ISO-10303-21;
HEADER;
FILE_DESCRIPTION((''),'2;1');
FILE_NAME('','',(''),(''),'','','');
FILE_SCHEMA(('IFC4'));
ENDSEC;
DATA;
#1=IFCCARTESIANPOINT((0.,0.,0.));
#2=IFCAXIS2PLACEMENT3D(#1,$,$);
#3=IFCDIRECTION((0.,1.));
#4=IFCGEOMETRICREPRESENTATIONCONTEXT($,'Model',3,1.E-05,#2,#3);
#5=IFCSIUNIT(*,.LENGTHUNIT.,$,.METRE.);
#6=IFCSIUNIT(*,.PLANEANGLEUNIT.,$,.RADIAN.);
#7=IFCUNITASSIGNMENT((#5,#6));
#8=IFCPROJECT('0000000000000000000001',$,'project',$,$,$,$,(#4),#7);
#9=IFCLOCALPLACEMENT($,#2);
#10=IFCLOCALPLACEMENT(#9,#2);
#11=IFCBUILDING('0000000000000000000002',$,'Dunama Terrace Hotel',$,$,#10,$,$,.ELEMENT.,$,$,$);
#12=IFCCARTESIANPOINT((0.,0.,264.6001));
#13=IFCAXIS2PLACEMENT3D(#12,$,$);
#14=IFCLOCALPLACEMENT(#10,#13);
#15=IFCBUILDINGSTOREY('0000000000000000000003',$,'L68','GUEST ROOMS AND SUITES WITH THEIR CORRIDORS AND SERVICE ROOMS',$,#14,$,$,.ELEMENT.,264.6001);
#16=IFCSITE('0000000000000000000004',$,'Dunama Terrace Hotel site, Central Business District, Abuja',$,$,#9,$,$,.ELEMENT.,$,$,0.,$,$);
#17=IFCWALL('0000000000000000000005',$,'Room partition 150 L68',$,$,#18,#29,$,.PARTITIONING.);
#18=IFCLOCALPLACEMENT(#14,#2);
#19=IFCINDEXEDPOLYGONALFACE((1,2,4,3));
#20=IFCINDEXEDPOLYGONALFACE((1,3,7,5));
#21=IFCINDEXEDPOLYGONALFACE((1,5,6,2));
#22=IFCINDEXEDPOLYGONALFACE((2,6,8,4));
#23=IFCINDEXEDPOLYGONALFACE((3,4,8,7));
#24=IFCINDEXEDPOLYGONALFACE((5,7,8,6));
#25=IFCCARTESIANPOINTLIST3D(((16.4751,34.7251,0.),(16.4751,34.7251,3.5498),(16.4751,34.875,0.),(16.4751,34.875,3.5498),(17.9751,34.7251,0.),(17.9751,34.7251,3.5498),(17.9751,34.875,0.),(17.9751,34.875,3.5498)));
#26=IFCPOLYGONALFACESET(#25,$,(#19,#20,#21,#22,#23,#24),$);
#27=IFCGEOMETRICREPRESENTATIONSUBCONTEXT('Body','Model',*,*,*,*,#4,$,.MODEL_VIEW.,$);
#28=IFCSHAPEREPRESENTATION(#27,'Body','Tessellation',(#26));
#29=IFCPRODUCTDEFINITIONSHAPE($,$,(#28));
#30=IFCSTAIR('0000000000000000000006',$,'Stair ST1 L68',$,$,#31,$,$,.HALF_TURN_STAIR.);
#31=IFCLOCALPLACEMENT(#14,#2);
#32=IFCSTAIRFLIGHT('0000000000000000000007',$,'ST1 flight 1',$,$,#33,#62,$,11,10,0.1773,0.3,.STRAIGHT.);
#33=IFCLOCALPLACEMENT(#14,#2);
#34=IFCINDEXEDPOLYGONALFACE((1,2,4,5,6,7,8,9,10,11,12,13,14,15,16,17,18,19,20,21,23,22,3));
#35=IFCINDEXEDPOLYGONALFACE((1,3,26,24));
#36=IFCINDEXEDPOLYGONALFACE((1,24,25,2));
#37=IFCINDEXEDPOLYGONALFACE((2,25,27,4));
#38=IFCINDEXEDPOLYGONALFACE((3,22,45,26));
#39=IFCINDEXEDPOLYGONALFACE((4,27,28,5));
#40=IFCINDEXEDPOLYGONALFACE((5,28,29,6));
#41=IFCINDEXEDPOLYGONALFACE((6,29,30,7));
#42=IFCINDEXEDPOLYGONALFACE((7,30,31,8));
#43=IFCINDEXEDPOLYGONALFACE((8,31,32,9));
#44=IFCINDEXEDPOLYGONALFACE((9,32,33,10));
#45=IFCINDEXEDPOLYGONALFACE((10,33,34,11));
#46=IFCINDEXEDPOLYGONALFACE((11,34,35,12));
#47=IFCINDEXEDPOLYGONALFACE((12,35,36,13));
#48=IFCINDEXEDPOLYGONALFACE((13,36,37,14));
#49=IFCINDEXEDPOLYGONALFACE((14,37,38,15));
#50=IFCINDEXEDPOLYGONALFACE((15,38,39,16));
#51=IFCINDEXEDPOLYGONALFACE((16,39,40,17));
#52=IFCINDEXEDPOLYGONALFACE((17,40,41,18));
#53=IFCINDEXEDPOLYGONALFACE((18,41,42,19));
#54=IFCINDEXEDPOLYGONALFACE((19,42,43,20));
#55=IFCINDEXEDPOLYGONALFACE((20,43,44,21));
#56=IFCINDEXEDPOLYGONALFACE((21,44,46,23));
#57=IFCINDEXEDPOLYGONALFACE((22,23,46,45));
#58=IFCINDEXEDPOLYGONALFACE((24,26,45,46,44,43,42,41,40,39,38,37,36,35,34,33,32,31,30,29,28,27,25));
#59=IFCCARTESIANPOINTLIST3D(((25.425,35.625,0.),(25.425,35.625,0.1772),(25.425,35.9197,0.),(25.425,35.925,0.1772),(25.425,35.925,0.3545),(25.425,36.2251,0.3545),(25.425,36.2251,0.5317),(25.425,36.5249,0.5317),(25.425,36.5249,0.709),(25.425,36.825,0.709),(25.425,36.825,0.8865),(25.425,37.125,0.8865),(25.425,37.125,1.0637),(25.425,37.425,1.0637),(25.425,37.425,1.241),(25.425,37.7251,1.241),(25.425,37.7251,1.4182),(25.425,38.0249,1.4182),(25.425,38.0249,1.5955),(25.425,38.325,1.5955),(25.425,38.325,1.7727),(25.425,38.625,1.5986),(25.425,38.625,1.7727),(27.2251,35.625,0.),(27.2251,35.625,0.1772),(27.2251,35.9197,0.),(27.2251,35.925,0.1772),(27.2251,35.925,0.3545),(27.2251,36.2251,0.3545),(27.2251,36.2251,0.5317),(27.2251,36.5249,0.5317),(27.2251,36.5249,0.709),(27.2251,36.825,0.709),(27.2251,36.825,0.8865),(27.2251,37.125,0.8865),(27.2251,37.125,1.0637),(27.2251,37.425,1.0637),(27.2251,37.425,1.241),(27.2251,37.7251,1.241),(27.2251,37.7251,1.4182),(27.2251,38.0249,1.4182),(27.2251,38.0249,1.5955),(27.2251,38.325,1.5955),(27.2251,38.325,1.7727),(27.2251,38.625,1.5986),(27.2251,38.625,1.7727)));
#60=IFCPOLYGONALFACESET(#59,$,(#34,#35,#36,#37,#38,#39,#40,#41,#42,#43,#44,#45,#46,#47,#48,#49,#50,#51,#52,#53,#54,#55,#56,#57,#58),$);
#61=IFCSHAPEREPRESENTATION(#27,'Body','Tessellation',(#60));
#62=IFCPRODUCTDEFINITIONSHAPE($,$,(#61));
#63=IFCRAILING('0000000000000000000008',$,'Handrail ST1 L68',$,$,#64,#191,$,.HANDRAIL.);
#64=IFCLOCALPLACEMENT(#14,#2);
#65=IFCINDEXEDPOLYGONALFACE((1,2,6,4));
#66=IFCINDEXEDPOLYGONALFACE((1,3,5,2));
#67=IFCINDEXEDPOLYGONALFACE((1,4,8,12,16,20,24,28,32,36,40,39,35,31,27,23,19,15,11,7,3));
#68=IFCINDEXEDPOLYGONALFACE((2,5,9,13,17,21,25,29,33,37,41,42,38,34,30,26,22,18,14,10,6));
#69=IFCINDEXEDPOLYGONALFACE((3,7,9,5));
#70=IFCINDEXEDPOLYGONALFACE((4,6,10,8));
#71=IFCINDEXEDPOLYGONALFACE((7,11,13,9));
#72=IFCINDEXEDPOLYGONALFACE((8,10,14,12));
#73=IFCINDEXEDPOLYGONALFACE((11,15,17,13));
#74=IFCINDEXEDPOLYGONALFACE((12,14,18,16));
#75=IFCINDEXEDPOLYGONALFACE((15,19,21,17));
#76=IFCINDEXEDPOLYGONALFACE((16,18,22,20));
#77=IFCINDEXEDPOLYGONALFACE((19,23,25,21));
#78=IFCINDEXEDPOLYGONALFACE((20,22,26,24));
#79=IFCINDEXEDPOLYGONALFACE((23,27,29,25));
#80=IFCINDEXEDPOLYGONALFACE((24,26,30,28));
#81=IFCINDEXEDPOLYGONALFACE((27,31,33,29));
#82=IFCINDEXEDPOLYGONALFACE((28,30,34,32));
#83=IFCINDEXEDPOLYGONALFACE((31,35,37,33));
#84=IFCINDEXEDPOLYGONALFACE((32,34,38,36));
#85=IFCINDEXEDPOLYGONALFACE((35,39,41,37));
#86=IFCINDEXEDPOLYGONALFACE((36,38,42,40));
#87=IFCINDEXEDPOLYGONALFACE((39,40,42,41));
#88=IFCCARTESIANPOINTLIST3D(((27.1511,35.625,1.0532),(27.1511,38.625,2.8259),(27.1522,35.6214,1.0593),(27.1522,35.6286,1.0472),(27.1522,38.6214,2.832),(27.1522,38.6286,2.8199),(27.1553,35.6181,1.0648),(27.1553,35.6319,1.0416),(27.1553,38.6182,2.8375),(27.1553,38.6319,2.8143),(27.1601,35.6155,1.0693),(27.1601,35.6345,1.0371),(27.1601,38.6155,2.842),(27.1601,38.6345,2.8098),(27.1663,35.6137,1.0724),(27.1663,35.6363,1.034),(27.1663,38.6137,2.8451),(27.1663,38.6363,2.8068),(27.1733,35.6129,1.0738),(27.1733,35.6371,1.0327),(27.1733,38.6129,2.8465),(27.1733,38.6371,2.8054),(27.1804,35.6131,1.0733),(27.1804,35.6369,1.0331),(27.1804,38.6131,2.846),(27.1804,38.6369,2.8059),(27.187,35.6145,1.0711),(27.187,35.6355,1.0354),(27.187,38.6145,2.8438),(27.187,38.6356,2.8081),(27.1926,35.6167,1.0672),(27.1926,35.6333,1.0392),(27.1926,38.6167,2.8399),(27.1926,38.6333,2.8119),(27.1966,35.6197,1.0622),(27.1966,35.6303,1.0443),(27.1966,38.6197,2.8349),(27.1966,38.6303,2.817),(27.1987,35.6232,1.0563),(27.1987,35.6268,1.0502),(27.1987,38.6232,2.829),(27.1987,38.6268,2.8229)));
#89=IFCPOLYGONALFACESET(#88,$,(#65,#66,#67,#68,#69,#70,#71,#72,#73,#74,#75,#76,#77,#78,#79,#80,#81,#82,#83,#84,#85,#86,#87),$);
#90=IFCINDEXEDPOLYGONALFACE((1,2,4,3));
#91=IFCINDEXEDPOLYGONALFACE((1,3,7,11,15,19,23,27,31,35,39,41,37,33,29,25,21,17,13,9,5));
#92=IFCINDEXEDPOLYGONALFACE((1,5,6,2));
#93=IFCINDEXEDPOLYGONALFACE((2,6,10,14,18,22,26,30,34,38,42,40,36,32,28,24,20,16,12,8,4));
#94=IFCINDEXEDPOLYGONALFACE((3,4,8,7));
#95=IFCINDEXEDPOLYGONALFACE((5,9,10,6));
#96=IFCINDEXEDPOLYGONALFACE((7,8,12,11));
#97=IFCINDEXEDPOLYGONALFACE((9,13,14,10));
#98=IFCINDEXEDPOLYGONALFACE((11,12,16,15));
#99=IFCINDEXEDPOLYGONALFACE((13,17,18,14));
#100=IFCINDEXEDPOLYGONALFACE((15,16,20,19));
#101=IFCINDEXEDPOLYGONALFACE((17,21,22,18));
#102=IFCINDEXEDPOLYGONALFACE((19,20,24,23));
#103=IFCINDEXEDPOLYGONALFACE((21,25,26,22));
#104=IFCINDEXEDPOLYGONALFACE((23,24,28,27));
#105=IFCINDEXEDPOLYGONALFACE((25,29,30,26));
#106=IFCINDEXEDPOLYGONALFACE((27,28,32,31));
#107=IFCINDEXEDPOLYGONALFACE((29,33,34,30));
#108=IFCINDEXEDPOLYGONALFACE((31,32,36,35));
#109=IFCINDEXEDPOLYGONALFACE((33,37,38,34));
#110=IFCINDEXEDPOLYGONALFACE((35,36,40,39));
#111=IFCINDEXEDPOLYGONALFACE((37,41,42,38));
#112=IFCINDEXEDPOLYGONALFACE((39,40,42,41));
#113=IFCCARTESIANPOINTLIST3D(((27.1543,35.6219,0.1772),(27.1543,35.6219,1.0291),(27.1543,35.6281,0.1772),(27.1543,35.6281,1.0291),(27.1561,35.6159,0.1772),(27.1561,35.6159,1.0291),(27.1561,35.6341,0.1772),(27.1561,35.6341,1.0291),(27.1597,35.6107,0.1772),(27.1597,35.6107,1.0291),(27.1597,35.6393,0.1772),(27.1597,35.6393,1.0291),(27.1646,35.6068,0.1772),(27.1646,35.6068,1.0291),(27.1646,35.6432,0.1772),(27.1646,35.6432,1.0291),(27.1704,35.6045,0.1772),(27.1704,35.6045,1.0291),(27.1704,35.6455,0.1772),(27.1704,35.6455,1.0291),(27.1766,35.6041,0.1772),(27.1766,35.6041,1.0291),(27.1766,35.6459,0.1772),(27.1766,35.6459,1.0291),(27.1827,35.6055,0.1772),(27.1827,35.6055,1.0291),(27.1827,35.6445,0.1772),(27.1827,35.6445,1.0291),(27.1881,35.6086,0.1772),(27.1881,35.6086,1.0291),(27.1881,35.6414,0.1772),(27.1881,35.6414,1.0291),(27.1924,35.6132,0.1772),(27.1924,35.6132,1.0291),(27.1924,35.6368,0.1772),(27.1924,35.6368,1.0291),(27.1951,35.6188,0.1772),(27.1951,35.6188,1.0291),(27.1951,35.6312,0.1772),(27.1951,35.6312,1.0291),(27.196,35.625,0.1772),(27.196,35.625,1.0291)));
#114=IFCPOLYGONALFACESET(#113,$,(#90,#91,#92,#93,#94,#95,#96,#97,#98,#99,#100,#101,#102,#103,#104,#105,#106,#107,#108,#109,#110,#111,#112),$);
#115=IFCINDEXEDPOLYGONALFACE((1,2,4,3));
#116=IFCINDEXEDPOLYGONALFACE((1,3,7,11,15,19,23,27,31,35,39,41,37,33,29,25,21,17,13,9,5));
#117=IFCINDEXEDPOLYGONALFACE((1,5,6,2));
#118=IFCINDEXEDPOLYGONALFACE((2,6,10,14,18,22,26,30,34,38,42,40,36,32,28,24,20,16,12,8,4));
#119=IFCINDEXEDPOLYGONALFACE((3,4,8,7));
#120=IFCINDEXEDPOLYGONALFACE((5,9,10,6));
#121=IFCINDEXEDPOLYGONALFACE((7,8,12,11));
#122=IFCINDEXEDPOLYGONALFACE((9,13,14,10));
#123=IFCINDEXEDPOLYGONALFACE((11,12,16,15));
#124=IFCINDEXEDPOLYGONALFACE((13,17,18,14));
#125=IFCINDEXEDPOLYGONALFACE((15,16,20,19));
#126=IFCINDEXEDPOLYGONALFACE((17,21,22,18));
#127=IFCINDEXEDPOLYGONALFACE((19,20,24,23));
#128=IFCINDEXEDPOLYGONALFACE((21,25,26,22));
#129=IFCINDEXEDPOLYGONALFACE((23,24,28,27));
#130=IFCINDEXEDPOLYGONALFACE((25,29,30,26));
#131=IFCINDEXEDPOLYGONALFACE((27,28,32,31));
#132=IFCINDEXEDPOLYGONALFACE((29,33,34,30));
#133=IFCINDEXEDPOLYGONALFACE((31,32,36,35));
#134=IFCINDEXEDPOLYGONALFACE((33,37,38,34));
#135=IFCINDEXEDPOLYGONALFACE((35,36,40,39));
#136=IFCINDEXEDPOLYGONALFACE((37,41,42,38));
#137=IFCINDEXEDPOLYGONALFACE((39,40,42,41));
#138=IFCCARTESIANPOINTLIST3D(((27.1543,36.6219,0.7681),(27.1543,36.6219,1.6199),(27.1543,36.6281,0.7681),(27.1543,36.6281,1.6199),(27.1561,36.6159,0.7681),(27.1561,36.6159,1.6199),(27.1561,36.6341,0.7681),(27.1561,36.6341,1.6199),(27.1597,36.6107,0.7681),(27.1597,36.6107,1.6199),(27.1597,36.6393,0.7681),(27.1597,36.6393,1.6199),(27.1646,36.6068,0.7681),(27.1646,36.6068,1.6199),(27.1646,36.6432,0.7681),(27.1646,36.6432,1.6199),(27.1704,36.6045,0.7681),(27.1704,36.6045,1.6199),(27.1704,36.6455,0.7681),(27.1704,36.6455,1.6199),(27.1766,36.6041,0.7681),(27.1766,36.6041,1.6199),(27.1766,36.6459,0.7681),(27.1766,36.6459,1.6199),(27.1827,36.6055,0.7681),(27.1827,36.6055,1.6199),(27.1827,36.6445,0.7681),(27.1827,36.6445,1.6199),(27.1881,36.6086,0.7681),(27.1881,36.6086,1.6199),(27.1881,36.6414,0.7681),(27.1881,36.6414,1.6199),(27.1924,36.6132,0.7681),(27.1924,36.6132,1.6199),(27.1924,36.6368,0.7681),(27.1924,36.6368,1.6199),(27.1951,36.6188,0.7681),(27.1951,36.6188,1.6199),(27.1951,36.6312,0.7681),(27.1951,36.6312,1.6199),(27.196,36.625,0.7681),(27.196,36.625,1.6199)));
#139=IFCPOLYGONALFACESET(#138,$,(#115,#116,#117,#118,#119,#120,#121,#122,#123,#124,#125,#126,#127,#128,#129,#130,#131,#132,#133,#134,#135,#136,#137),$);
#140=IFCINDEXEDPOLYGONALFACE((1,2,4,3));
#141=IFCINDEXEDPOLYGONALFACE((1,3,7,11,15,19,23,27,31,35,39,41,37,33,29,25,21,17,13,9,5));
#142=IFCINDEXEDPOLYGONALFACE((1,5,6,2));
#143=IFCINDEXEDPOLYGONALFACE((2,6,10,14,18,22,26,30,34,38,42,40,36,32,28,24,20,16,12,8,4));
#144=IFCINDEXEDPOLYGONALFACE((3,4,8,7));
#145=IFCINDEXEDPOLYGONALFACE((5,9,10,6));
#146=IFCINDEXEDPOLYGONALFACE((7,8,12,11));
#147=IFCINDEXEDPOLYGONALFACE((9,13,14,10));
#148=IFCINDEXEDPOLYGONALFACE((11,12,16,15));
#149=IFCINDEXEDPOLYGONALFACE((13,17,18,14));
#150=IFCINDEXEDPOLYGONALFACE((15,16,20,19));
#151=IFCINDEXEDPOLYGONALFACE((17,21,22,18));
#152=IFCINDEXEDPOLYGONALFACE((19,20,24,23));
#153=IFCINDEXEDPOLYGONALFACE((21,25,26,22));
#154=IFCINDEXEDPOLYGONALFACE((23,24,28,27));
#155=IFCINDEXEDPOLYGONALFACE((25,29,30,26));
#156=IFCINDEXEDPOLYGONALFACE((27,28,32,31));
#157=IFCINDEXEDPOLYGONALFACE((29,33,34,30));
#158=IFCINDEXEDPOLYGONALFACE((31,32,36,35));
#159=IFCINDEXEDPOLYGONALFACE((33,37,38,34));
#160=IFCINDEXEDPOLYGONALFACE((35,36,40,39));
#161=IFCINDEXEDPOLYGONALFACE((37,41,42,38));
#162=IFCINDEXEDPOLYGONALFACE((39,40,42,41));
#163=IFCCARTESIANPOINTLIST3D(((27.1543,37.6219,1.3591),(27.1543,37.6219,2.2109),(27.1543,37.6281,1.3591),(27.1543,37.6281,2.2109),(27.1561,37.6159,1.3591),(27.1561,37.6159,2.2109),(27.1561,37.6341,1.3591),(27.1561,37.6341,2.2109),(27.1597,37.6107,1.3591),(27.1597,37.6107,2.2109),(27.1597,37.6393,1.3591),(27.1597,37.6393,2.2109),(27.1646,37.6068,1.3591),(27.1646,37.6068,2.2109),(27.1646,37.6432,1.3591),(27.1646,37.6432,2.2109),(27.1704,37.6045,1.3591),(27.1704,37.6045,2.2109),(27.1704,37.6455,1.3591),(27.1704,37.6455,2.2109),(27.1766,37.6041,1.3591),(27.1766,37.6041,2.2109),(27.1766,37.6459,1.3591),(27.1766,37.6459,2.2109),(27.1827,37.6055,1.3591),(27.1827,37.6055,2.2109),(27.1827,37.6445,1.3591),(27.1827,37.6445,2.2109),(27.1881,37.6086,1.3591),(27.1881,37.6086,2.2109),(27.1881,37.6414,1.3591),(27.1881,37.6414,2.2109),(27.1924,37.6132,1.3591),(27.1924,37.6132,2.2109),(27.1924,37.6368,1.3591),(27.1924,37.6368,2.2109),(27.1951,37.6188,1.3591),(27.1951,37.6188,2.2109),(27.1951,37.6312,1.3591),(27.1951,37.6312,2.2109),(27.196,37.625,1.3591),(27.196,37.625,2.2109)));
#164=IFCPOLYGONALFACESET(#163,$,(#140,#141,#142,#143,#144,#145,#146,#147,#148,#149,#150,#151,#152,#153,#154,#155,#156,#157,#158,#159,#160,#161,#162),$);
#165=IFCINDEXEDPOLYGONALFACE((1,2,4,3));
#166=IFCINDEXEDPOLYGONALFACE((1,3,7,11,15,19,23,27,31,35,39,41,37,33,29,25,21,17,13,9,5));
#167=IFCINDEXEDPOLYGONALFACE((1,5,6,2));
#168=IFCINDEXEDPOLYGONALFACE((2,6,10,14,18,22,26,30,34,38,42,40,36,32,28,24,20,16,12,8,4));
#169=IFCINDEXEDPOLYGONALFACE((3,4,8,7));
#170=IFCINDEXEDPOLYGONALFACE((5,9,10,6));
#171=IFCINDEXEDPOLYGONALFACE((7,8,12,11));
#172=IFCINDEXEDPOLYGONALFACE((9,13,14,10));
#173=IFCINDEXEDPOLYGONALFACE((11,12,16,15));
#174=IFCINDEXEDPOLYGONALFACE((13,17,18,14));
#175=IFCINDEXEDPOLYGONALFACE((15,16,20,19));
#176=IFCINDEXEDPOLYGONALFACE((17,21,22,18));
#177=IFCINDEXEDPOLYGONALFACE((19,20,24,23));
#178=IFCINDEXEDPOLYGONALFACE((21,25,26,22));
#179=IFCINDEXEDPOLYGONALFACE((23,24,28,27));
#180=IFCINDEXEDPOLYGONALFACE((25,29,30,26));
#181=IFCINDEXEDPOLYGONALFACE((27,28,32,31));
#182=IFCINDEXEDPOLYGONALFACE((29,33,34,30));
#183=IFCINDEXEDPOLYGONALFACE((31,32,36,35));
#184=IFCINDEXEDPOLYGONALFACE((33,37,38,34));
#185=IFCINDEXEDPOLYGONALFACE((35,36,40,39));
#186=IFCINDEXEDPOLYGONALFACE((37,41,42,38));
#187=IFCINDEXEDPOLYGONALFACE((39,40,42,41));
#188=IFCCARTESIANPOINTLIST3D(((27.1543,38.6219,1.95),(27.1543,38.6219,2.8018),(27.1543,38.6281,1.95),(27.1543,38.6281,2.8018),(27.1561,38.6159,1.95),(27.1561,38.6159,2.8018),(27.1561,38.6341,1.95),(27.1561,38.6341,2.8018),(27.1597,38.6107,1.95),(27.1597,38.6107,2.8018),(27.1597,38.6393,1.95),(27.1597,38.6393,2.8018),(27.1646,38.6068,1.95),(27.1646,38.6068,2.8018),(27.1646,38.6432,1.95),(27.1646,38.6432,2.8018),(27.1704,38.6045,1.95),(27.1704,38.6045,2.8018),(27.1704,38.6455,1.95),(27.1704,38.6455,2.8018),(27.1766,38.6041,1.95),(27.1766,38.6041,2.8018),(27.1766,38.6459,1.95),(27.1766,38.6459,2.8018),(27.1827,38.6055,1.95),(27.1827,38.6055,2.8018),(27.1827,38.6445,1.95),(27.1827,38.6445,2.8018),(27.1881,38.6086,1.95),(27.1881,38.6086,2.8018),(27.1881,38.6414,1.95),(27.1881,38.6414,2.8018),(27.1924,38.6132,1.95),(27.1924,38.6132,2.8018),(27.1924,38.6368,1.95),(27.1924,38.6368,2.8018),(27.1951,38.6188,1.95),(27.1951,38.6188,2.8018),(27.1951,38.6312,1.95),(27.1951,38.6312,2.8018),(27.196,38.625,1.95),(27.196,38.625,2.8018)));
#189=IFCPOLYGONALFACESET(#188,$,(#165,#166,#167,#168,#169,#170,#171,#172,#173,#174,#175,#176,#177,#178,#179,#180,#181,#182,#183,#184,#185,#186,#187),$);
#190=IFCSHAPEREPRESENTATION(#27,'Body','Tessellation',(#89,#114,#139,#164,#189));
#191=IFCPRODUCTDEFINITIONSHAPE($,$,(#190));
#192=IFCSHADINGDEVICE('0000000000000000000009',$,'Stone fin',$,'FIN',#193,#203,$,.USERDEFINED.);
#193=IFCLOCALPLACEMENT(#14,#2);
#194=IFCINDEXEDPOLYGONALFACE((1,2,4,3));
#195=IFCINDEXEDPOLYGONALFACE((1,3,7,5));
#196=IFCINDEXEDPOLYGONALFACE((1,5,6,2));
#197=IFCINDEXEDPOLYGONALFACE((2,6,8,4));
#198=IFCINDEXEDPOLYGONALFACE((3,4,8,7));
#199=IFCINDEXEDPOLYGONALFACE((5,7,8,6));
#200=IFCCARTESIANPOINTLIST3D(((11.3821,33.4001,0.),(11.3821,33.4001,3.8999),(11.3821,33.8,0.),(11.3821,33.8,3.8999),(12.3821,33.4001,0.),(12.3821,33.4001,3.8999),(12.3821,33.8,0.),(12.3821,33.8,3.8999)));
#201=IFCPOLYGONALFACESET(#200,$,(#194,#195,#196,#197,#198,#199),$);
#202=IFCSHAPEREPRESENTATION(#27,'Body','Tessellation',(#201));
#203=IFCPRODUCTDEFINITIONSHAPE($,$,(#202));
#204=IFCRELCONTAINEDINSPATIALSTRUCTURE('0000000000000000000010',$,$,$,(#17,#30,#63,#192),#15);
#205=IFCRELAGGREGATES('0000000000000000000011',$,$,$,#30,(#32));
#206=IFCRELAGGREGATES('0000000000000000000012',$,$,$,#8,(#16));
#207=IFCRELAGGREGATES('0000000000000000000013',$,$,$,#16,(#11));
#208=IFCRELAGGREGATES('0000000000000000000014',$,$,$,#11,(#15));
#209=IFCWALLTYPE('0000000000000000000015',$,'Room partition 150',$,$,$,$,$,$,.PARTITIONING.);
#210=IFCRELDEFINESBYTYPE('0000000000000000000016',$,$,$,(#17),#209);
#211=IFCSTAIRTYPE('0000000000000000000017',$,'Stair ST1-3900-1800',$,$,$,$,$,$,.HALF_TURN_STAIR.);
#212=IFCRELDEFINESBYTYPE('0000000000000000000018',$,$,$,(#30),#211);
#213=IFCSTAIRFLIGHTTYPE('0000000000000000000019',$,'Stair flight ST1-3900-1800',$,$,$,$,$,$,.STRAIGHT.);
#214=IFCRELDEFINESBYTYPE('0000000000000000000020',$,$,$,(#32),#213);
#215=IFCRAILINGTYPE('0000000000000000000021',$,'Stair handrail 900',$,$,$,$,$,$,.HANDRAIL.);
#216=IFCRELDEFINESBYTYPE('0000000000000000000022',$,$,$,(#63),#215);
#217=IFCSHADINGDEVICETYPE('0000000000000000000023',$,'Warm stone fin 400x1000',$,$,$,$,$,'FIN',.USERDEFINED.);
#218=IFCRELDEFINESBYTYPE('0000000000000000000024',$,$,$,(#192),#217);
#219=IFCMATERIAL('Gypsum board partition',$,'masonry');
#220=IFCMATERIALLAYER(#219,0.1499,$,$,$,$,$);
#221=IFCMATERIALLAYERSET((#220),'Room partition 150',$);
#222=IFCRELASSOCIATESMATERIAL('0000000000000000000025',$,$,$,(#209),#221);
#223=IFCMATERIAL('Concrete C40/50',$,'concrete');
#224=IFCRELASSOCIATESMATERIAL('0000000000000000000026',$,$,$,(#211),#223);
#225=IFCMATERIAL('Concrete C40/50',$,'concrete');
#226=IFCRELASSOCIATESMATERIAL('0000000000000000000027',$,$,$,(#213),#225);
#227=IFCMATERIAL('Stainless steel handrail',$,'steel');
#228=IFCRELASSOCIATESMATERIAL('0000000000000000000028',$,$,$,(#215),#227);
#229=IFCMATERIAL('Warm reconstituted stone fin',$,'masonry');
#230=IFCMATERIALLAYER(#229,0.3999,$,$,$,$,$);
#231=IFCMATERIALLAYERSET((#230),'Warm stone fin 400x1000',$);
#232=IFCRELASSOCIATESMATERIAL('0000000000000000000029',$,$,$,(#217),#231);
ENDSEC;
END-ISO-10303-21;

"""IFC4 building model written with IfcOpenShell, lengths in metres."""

from ifc_helpers import new_model, si_unit, direction, frame, frame_2d, origin, origin_2d, place, context, subcontext, project, spatial, polyline, rectangle, circle, outline, extrude, material, layer, layer_set, type_object, element, aggregate, save


model = new_model("IFC4")

# Units and contexts
model_context = context("Model", 3, precision=1e-05, world=origin(), true_north=direction((0.0, 1.0)))
body_context = subcontext(model_context, "Body", "Model", "MODEL_VIEW")
ifc_project = project(units=[si_unit("LENGTHUNIT", "METRE"), si_unit("PLANEANGLEUNIT", "RADIAN")], contexts=[model_context])

# Site, building, storey
site_placement = place(None, origin())
site = spatial("IfcSite", under=ifc_project, at=site_placement, Name="Dunama Terrace Hotel site, Central Business District, Abuja", CompositionType="ELEMENT", RefElevation=0.0)
building_placement = place(site_placement, origin())
building = spatial("IfcBuilding", under=site, at=building_placement, Name="Dunama Terrace Hotel", CompositionType="ELEMENT")
storey_placement = place(building_placement, frame((0.0, 0.0, 264.6001)))
storey = spatial("IfcBuildingStorey", under=building, at=storey_placement, Name="L68", Description="GUEST ROOMS AND SUITES WITH THEIR CORRIDORS AND SERVICE ROOMS", CompositionType="ELEMENT", Elevation=264.6001)

# Shared definitions
ifc_material_1 = material(Name="Gypsum board partition", Category="masonry")
ifc_layer_1 = layer(ifc_material_1, 0.1499)
ifc_layer_set_1 = layer_set([ifc_layer_1], Name="Room partition 150")
wall_type_1 = type_object("IfcWallType", Name="Room partition 150", PredefinedType="PARTITIONING", material=ifc_layer_set_1)

# Wall
wall_1_placement = place(storey_placement, frame((16.4751, 34.8, 0.0), z_axis=(0.0, 0.0, 1.0), x_axis=(1.0, 0.0, 0.0)))
element("IfcWall", 1, at=wall_1_placement, inside=storey, type_object=wall_type_1, Name="Room partition 150 L68", PredefinedType="PARTITIONING", context=body_context, shape_type="SweptSolid", body=[
    extrude(rectangle(XDim=1.5, YDim=0.1499, at=frame_2d((0.75, 0.0))), origin(), (0.0, 0.0, 1.0), 3.5498),
])

# Stair, stair flight
ifc_material_2 = material(Name="Concrete C40/50", Category="concrete")
stair_type = type_object("IfcStairType", Name="Stair ST1-3900-1800", PredefinedType="HALF_TURN_STAIR", material=ifc_material_2)
stair_placement = place(storey_placement, origin())
stair = element("IfcStair", 2, at=stair_placement, inside=storey, type_object=stair_type, Name="Stair ST1 L68", PredefinedType="HALF_TURN_STAIR")
ifc_material_3 = material(Name="Concrete C40/50", Category="concrete")
stair_flight_type = type_object("IfcStairFlightType", Name="Stair flight ST1-3900-1800", PredefinedType="STRAIGHT", material=ifc_material_3)
stair_flight_placement = place(storey_placement, frame((26.325, 35.625, 0.0), z_axis=(0.0, 0.0, 1.0), x_axis=(0.0, 1.0, 0.0)))
stair_flight = element("IfcStairFlight", 3, at=stair_flight_placement, type_object=stair_flight_type, Name="ST1 flight 1", NumberOfRisers=11, NumberOfTreads=10, PredefinedType="STRAIGHT", RiserHeight=0.1773, TreadLength=0.3, context=body_context, shape_type="SweptSolid", body=[
    extrude(outline(polyline([(0.0, 0.0), (0.0, 0.1772), (0.3, 0.1772), (0.3, 0.3545), (0.6001, 0.3545), (0.6001, 0.5317), (0.8999, 0.5317), (0.8999, 0.709), (1.2, 0.709), (1.2, 0.8865), (1.5, 0.8865), (1.5, 1.0637), (1.8, 1.0637), (1.8, 1.241), (2.1001, 1.241), (2.1001, 1.4182), (2.3999, 1.4182), (2.3999, 1.5955), (2.7, 1.5955), (2.7, 1.7727), (3.0, 1.7727), (3.0, 1.95), (3.0, 1.5986), (0.2947, 0.0), (0.0, 0.0)])), frame((0.0, 0.8999, 0.0), z_axis=(0.0, -1.0, 0.0), x_axis=(1.0, 0.0, 0.0)), (0.0, 0.0, 1.0), 1.8),
])
aggregate(stair, [stair_flight])

# Railing
ifc_material_4 = material(Name="Stainless steel handrail", Category="steel")
railing_type = type_object("IfcRailingType", Name="Stair handrail 900", PredefinedType="HANDRAIL", material=ifc_material_4)
railing_placement = place(storey_placement, frame((27.175, 35.625, 0.1772)))
element("IfcRailing", 4, at=railing_placement, inside=storey, type_object=railing_type, Name="Handrail ST1 L68", PredefinedType="HANDRAIL", context=body_context, shape_type="SweptSolid", body=[
    extrude(circle(Radius=0.0239, at=origin_2d()), frame((0.0, 0.0, 0.876), z_axis=(0.0, 0.860929, 0.508725), x_axis=(-1.0, 0.0, 0.0)), (0.0, 0.0, 1.0), 3.4846),
    extrude(circle(Radius=0.021, at=origin_2d()), origin(), (0.0, 0.0, 1.0), 0.8518),
    extrude(circle(Radius=0.021, at=origin_2d()), frame((0.0, 1.0, 0.5908)), (0.0, 0.0, 1.0), 0.8518),
    extrude(circle(Radius=0.021, at=origin_2d()), frame((0.0, 2.0, 1.1819)), (0.0, 0.0, 1.0), 0.8518),
    extrude(circle(Radius=0.021, at=origin_2d()), frame((0.0, 3.0, 1.7727)), (0.0, 0.0, 1.0), 0.8518),
])

# Shading device
ifc_material_5 = material(Name="Warm reconstituted stone fin", Category="masonry")
ifc_layer_2 = layer(ifc_material_5, 0.3999)
ifc_layer_set_2 = layer_set([ifc_layer_2], Name="Warm stone fin 400x1000")
shading_device_type = type_object("IfcShadingDeviceType", Name="Warm stone fin 400x1000", ElementType="FIN", PredefinedType="USERDEFINED", material=ifc_layer_set_2)
shading_device_placement = place(storey_placement, frame((11.8821, 33.6001, 0.0), z_axis=(0.0, 0.0, 1.0), x_axis=(0.0, -1.0, 0.0)))
element("IfcShadingDevice", 5, at=shading_device_placement, inside=storey, type_object=shading_device_type, Name="Stone fin", ObjectType="FIN", PredefinedType="USERDEFINED", context=body_context, shape_type="SweptSolid", body=[
    extrude(rectangle(XDim=0.3999, YDim=1.0, at=origin_2d()), origin(), (0.0, 0.0, 1.0), 3.8999),
])

save(model, "model.ifc")
